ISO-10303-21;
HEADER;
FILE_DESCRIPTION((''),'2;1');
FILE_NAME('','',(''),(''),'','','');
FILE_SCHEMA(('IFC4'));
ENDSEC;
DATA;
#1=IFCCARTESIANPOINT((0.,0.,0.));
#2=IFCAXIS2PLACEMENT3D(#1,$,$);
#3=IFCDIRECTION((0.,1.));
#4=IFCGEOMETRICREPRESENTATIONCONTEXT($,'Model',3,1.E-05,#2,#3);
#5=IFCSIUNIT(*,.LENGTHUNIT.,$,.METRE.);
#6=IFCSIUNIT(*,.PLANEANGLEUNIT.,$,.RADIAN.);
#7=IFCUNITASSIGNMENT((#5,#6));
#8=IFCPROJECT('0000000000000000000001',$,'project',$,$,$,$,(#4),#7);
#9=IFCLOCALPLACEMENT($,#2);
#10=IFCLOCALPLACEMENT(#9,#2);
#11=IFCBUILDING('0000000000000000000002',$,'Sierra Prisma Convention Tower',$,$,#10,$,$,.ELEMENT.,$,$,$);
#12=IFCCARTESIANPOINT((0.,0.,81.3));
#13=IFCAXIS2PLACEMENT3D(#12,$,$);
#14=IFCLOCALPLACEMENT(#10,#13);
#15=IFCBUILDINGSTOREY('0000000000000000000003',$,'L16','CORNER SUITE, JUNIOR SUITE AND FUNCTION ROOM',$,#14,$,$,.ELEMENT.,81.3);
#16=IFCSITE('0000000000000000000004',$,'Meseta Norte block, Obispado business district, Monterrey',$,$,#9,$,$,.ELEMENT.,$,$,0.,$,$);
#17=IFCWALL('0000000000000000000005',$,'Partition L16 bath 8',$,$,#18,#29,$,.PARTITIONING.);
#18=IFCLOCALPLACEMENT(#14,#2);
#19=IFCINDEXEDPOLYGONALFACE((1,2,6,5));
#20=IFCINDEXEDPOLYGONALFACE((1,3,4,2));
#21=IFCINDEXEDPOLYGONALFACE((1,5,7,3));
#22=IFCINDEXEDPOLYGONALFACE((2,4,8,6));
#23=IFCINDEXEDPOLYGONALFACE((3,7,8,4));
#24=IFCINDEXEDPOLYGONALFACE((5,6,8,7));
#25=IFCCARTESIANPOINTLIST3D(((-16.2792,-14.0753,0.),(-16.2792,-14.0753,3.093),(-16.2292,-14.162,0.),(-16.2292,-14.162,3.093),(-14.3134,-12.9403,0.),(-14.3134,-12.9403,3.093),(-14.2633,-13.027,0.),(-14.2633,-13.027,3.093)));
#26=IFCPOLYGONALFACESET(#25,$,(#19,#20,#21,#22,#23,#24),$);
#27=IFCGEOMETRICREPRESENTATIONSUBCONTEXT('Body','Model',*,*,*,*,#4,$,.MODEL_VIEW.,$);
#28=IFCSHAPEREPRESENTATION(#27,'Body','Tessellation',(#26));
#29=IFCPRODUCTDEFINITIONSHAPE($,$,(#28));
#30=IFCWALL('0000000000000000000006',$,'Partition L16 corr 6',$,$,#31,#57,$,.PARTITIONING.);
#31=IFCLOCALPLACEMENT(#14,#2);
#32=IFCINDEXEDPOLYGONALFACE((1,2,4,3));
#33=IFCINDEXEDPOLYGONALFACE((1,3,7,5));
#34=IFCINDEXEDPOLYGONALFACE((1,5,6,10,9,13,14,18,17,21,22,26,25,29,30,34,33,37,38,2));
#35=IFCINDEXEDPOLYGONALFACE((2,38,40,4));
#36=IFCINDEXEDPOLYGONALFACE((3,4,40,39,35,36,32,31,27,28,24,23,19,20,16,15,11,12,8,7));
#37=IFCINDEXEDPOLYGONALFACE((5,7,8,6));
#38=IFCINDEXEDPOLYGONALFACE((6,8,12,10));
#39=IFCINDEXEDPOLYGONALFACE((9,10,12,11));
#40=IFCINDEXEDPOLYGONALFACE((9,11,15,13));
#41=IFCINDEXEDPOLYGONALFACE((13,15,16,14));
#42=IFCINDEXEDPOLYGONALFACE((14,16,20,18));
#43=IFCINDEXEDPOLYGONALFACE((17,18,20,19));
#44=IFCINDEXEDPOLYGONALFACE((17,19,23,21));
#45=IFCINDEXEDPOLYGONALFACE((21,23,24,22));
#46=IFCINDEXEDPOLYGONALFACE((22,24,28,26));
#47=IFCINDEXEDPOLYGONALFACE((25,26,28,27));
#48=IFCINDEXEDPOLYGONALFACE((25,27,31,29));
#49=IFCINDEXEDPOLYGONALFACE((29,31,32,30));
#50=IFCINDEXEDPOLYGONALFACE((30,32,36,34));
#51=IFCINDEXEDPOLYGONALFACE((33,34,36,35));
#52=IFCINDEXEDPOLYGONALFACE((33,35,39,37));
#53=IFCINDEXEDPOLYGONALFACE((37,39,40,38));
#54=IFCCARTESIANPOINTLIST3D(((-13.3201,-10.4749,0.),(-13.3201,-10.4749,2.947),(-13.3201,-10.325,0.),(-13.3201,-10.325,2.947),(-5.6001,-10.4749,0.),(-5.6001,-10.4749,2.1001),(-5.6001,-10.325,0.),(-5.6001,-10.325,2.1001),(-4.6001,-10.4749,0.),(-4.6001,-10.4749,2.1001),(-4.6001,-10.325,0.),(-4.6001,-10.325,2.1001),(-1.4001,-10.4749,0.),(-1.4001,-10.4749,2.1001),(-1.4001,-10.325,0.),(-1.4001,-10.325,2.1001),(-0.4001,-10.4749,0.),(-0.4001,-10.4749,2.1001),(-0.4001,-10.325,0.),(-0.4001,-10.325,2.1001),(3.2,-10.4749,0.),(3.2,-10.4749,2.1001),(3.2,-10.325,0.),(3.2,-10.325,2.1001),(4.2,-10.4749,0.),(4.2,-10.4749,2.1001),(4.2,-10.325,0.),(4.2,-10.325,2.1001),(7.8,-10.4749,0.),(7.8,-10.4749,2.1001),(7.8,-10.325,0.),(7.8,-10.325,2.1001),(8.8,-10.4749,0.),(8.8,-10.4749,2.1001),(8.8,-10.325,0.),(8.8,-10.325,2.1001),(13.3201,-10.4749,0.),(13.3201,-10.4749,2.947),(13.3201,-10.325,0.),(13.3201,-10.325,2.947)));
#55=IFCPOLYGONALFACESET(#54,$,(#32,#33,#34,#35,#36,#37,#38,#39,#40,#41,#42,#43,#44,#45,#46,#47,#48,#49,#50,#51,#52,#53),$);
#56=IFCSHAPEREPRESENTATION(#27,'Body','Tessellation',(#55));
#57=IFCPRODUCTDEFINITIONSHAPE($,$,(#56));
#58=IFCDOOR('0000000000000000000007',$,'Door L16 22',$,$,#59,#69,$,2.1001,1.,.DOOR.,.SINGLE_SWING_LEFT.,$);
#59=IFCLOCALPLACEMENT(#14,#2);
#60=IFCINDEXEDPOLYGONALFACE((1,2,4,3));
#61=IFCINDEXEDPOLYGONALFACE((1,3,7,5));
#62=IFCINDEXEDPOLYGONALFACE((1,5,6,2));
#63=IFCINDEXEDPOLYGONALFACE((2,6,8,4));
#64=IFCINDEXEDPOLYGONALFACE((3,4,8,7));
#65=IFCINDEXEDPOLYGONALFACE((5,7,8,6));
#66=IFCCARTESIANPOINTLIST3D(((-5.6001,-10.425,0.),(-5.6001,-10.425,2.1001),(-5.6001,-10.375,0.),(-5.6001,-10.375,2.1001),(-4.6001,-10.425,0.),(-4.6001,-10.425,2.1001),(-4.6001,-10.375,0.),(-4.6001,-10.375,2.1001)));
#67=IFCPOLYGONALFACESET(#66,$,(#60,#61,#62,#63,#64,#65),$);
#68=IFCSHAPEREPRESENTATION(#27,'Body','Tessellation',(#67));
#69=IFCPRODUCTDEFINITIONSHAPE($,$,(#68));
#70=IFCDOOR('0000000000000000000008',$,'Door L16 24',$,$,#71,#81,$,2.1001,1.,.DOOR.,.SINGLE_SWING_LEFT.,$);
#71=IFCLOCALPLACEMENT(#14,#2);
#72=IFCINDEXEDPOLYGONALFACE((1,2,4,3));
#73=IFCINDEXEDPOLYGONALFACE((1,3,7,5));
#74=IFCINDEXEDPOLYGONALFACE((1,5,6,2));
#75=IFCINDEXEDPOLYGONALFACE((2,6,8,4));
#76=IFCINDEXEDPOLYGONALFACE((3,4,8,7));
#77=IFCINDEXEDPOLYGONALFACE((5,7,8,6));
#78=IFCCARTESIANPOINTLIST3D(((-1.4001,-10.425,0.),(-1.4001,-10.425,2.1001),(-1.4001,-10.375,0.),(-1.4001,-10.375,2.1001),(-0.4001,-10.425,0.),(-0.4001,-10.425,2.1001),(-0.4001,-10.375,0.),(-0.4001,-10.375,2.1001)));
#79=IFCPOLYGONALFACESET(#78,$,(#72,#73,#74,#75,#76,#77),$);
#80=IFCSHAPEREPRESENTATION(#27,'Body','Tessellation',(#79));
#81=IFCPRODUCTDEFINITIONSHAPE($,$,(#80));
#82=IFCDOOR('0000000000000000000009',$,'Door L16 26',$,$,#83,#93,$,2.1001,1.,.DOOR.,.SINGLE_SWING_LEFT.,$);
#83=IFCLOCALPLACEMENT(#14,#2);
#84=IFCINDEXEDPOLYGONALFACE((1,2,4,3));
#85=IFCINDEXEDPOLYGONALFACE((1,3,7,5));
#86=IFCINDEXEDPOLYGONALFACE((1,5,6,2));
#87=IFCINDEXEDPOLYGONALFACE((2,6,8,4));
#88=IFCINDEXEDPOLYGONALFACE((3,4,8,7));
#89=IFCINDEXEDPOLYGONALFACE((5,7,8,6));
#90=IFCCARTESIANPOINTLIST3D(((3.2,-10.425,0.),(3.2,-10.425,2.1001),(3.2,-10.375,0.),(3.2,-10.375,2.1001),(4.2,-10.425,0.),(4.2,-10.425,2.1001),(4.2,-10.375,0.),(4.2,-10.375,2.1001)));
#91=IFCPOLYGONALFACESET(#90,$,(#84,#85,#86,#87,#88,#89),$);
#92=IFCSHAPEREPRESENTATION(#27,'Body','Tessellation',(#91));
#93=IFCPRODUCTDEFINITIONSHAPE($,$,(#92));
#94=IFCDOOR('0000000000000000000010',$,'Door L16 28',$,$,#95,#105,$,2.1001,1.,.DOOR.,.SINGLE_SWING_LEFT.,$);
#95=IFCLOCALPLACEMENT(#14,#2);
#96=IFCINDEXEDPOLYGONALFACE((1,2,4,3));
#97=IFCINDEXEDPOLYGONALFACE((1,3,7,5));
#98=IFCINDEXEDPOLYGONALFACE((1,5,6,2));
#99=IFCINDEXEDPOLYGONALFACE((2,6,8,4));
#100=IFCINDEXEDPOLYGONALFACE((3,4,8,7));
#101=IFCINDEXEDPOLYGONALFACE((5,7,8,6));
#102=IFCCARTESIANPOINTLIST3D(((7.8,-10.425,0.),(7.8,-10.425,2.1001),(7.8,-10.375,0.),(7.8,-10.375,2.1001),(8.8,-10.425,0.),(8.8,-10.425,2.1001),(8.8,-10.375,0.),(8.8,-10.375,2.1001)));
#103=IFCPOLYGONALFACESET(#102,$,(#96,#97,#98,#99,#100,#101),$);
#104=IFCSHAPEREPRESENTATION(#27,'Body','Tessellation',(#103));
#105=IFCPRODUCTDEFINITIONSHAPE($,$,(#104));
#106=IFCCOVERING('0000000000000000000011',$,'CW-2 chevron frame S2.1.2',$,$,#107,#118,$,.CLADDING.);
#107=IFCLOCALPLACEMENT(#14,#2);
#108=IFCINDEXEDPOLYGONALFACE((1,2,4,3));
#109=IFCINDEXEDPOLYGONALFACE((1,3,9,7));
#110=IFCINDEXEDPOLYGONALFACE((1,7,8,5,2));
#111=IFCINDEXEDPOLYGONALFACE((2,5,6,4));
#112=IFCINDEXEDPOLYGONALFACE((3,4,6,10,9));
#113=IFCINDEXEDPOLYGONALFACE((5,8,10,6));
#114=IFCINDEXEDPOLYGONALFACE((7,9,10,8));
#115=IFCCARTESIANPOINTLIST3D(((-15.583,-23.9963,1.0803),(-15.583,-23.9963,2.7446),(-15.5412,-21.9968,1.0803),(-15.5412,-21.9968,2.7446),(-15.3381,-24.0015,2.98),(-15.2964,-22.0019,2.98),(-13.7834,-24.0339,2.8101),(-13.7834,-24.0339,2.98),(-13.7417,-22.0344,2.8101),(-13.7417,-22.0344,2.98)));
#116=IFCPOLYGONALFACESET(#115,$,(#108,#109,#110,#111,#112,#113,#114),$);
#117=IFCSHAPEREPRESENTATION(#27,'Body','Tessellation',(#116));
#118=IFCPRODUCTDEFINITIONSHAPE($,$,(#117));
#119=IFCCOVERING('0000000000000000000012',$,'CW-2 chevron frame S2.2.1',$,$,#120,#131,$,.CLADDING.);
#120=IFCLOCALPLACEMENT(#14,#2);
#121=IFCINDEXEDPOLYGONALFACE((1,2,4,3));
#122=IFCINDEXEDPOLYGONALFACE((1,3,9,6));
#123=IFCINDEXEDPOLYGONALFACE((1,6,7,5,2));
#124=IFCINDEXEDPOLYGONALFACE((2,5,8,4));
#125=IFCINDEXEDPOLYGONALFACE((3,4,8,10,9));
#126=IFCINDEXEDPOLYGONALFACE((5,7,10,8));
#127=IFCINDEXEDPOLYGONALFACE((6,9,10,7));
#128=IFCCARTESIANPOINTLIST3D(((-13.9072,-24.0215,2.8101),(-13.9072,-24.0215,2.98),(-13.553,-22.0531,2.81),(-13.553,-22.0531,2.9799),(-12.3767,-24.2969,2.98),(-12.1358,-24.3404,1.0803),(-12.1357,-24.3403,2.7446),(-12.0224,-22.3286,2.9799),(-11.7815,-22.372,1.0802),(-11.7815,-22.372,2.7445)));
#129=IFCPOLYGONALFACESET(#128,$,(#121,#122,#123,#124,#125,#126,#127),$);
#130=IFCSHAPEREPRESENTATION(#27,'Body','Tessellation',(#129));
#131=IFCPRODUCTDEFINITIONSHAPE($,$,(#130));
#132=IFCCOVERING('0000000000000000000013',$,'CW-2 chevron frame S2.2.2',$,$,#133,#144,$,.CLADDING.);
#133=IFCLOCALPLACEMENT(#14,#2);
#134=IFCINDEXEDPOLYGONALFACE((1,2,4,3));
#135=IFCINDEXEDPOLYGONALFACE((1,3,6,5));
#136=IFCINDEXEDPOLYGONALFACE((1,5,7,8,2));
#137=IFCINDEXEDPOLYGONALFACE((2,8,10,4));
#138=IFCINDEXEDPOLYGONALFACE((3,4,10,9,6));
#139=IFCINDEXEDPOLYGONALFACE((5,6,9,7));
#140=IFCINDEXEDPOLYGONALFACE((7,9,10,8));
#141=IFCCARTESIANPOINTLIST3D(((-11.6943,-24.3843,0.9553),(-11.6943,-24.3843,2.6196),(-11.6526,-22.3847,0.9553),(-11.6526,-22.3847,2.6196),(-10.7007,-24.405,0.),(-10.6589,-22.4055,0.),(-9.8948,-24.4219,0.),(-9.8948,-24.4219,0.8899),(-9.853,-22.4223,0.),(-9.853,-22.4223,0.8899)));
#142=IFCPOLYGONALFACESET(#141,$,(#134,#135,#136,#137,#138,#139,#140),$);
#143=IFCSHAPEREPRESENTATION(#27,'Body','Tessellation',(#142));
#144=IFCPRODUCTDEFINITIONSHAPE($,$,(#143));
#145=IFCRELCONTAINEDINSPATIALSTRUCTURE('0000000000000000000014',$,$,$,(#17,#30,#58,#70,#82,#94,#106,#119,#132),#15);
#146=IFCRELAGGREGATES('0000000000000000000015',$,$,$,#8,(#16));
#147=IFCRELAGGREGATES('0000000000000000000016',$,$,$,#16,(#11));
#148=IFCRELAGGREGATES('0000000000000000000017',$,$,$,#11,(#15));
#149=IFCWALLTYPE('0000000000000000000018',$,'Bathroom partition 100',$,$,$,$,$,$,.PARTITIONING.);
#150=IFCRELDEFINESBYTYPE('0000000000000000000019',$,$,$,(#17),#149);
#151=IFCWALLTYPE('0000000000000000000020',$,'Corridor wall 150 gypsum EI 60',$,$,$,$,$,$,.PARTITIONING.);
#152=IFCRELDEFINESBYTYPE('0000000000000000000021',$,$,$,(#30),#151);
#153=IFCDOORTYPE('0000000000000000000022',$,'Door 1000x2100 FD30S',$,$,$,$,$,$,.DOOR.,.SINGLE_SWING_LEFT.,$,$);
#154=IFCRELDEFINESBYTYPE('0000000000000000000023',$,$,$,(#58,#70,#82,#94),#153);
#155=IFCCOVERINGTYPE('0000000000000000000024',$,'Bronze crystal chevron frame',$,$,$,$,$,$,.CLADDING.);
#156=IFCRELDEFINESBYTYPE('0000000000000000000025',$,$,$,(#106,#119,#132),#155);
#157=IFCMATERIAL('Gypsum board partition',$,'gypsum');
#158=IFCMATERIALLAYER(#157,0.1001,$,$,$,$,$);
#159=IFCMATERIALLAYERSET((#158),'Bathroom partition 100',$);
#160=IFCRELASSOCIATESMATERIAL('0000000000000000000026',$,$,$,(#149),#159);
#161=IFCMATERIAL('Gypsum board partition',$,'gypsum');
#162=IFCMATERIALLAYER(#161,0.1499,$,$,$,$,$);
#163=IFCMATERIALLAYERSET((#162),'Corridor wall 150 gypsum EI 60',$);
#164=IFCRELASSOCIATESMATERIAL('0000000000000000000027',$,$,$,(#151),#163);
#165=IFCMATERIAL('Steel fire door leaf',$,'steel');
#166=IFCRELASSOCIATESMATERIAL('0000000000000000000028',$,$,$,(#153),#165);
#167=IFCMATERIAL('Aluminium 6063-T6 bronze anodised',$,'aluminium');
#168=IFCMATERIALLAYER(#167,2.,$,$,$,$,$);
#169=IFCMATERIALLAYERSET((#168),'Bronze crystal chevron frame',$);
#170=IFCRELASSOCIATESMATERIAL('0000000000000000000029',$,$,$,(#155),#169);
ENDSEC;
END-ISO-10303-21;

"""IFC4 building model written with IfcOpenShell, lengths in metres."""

from ifc_helpers import new_model, si_unit, direction, frame, frame_2d, origin, place, context, subcontext, project, spatial, polyline, rectangle, outline, extrude, material, layer, layer_set, type_object, element, fill, save


model = new_model("IFC4")

# Units and contexts
model_context = context("Model", 3, precision=1e-05, world=origin(), true_north=direction((0.0, 1.0)))
body_context = subcontext(model_context, "Body", "Model", "MODEL_VIEW")
ifc_project = project(units=[si_unit("LENGTHUNIT", "METRE"), si_unit("PLANEANGLEUNIT", "RADIAN")], contexts=[model_context])

# Site, building, storey
site_placement = place(None, origin())
site = spatial("IfcSite", under=ifc_project, at=site_placement, Name="Meseta Norte block, Obispado business district, Monterrey", CompositionType="ELEMENT", RefElevation=0.0)
building_placement = place(site_placement, origin())
building = spatial("IfcBuilding", under=site, at=building_placement, Name="Sierra Prisma Convention Tower", CompositionType="ELEMENT")
storey_placement = place(building_placement, frame((0.0, 0.0, 81.3)))
storey = spatial("IfcBuildingStorey", under=building, at=storey_placement, Name="L16", Description="CORNER SUITE, JUNIOR SUITE AND FUNCTION ROOM", CompositionType="ELEMENT", Elevation=81.3)

# Wall
ifc_material_1 = material(Name="Gypsum board partition", Category="gypsum")
ifc_layer_1 = layer(ifc_material_1, 0.1001)
ifc_layer_set_1 = layer_set([ifc_layer_1], Name="Bathroom partition 100")
wall_type_1 = type_object("IfcWallType", Name="Bathroom partition 100", PredefinedType="PARTITIONING", material=ifc_layer_set_1)
wall_1_placement = place(storey_placement, frame((-14.2883, -12.9836, 0.0), z_axis=(0.0, 0.0, 1.0), x_axis=(-0.866017, -0.500014, 0.0)))
element("IfcWall", 1, at=wall_1_placement, inside=storey, type_object=wall_type_1, Name="Partition L16 bath 8", PredefinedType="PARTITIONING", context=body_context, shape_type="SweptSolid", body=[
    extrude(rectangle(XDim=2.27, YDim=0.1001, at=frame_2d((1.135, 0.0))), origin(), (0.0, 0.0, 1.0), 3.093),
])

# Wall, openings, doors
ifc_material_2 = material(Name="Gypsum board partition", Category="gypsum")
ifc_layer_2 = layer(ifc_material_2, 0.1499)
ifc_layer_set_2 = layer_set([ifc_layer_2], Name="Corridor wall 150 gypsum EI 60")
wall_type_2 = type_object("IfcWallType", Name="Corridor wall 150 gypsum EI 60", PredefinedType="PARTITIONING", material=ifc_layer_set_2)
wall_2_placement = place(storey_placement, frame((-13.3201, -10.3999, 0.0), z_axis=(0.0, 0.0, 1.0), x_axis=(1.0, 0.0, 0.0)))
wall_2 = element("IfcWall", 2, at=wall_2_placement, inside=storey, type_object=wall_type_2, Name="Partition L16 corr 6", PredefinedType="PARTITIONING", context=body_context, shape_type="SweptSolid", body=[
    extrude(rectangle(XDim=26.6401, YDim=0.1499, at=frame_2d((13.3201, 0.0))), origin(), (0.0, 0.0, 1.0), 2.947),
])
opening_1_placement = place(wall_2_placement, frame((7.72, 0.0, 0.0)))
opening_1 = element("IfcOpeningElement", 3, at=opening_1_placement, cuts=wall_2, PredefinedType="OPENING", context=body_context, shape_type="SweptSolid", body=[
    extrude(rectangle(XDim=1.0, YDim=2.1001, at=frame_2d((0.5, 1.05))), frame((0.0, 0.075, 0.0), z_axis=(0.0, -1.0, 0.0), x_axis=(1.0, 0.0, 0.0)), (0.0, 0.0, 1.0), 0.1499),
])
opening_2_placement = place(wall_2_placement, frame((11.9199, 0.0, 0.0)))
opening_2 = element("IfcOpeningElement", 4, at=opening_2_placement, cuts=wall_2, PredefinedType="OPENING", context=body_context, shape_type="SweptSolid", body=[
    extrude(rectangle(XDim=1.0, YDim=2.1001, at=frame_2d((0.5, 1.05))), frame((0.0, 0.075, 0.0), z_axis=(0.0, -1.0, 0.0), x_axis=(1.0, 0.0, 0.0)), (0.0, 0.0, 1.0), 0.1499),
])
opening_3_placement = place(wall_2_placement, frame((16.52, 0.0, 0.0)))
opening_3 = element("IfcOpeningElement", 5, at=opening_3_placement, cuts=wall_2, PredefinedType="OPENING", context=body_context, shape_type="SweptSolid", body=[
    extrude(rectangle(XDim=1.0, YDim=2.1001, at=frame_2d((0.5, 1.05))), frame((0.0, 0.075, 0.0), z_axis=(0.0, -1.0, 0.0), x_axis=(1.0, 0.0, 0.0)), (0.0, 0.0, 1.0), 0.1499),
])
opening_4_placement = place(wall_2_placement, frame((21.1201, 0.0, 0.0)))
opening_4 = element("IfcOpeningElement", 6, at=opening_4_placement, cuts=wall_2, PredefinedType="OPENING", context=body_context, shape_type="SweptSolid", body=[
    extrude(rectangle(XDim=1.0, YDim=2.1001, at=frame_2d((0.5, 1.05))), frame((0.0, 0.075, 0.0), z_axis=(0.0, -1.0, 0.0), x_axis=(1.0, 0.0, 0.0)), (0.0, 0.0, 1.0), 0.1499),
])
ifc_material_3 = material(Name="Steel fire door leaf", Category="steel")
door_type = type_object("IfcDoorType", Name="Door 1000x2100 FD30S", OperationType="SINGLE_SWING_LEFT", PredefinedType="DOOR", material=ifc_material_3)
door_1_placement = place(opening_1_placement, origin())
door_1 = element("IfcDoor", 7, at=door_1_placement, inside=storey, type_object=door_type, Name="Door L16 22", OperationType="SINGLE_SWING_LEFT", OverallHeight=2.1001, OverallWidth=1.0, PredefinedType="DOOR", context=body_context, shape_type="SweptSolid", body=[
    extrude(rectangle(XDim=1.0, YDim=2.1001, at=frame_2d((0.5, 1.05))), frame((0.0, 0.0249, 0.0), z_axis=(0.0, -1.0, 0.0), x_axis=(1.0, 0.0, 0.0)), (0.0, 0.0, 1.0), 0.05),
])
fill(opening_1, door_1)
door_2_placement = place(opening_2_placement, origin())
door_2 = element("IfcDoor", 8, at=door_2_placement, inside=storey, type_object=door_type, Name="Door L16 24", OperationType="SINGLE_SWING_LEFT", OverallHeight=2.1001, OverallWidth=1.0, PredefinedType="DOOR", context=body_context, shape_type="SweptSolid", body=[
    extrude(rectangle(XDim=1.0, YDim=2.1001, at=frame_2d((0.5, 1.05))), frame((0.0, 0.0249, 0.0), z_axis=(0.0, -1.0, 0.0), x_axis=(1.0, 0.0, 0.0)), (0.0, 0.0, 1.0), 0.05),
])
fill(opening_2, door_2)
door_3_placement = place(opening_3_placement, origin())
door_3 = element("IfcDoor", 9, at=door_3_placement, inside=storey, type_object=door_type, Name="Door L16 26", OperationType="SINGLE_SWING_LEFT", OverallHeight=2.1001, OverallWidth=1.0, PredefinedType="DOOR", context=body_context, shape_type="SweptSolid", body=[
    extrude(rectangle(XDim=1.0, YDim=2.1001, at=frame_2d((0.5, 1.05))), frame((0.0, 0.0249, 0.0), z_axis=(0.0, -1.0, 0.0), x_axis=(1.0, 0.0, 0.0)), (0.0, 0.0, 1.0), 0.05),
])
fill(opening_3, door_3)
door_4_placement = place(opening_4_placement, origin())
door_4 = element("IfcDoor", 10, at=door_4_placement, inside=storey, type_object=door_type, Name="Door L16 28", OperationType="SINGLE_SWING_LEFT", OverallHeight=2.1001, OverallWidth=1.0, PredefinedType="DOOR", context=body_context, shape_type="SweptSolid", body=[
    extrude(rectangle(XDim=1.0, YDim=2.1001, at=frame_2d((0.5, 1.05))), frame((0.0, 0.0249, 0.0), z_axis=(0.0, -1.0, 0.0), x_axis=(1.0, 0.0, 0.0)), (0.0, 0.0, 1.0), 0.05),
])
fill(opening_4, door_4)

# Coverings
ifc_material_4 = material(Name="Aluminium 6063-T6 bronze anodised", Category="aluminium")
ifc_layer_3 = layer(ifc_material_4, 2.0)
ifc_layer_set_3 = layer_set([ifc_layer_3], Name="Bronze crystal chevron frame")
covering_type = type_object("IfcCoveringType", Name="Bronze crystal chevron frame", PredefinedType="CLADDING", material=ifc_layer_set_3)
covering_1_placement = place(storey_placement, frame((-15.583, -23.9963, 2.7446), z_axis=(-0.020887, -0.999782, -0.000005), x_axis=(0.0, 0.000005, -1.0)))
element("IfcCovering", 11, at=covering_1_placement, inside=storey, type_object=covering_type, Name="CW-2 chevron frame S2.1.2", PredefinedType="CLADDING", context=body_context, shape_type="SweptSolid", body=[
    extrude(outline(polyline([(0.0, 0.0), (1.6643, 0.0), (-0.0654, 1.8), (-0.2354, 1.8), (-0.2354, 0.2449), (0.0, 0.0)])), origin(), (0.0, 0.0, -1.0), 2.0),
])
covering_2_placement = place(storey_placement, frame((-13.9072, -24.0215, 2.98), z_axis=(-0.177137, -0.984186, 0.000041), x_axis=(-0.000007, -0.000041, -1.0)))
element("IfcCovering", 12, at=covering_2_placement, inside=storey, type_object=covering_type, Name="CW-2 chevron frame S2.2.1", PredefinedType="CLADDING", context=body_context, shape_type="SweptSolid", body=[
    extrude(outline(polyline([(0.0, 0.0), (0.1699, 0.0), (1.8997, 1.8), (0.2354, 1.8), (0.0, 1.5551), (0.0, 0.0)])), origin(), (0.0, 0.0, -1.0), 2.0),
])
covering_3_placement = place(storey_placement, frame((-9.8948, -24.4219, 0.0), z_axis=(-0.02089, -0.999782, -0.000003), x_axis=(0.0, -0.000003, 1.0)))
element("IfcCovering", 13, at=covering_3_placement, inside=storey, type_object=covering_type, Name="CW-2 chevron frame S2.2.2", PredefinedType="CLADDING", context=body_context, shape_type="SweptSolid", body=[
    extrude(outline(polyline([(0.0, 0.0), (0.8899, 0.0), (2.6196, 1.8), (0.9553, 1.8), (0.0, 0.8061), (0.0, 0.0)])), origin(), (0.0, 0.0, -1.0), 2.0),
])

save(model, "model.ifc")
